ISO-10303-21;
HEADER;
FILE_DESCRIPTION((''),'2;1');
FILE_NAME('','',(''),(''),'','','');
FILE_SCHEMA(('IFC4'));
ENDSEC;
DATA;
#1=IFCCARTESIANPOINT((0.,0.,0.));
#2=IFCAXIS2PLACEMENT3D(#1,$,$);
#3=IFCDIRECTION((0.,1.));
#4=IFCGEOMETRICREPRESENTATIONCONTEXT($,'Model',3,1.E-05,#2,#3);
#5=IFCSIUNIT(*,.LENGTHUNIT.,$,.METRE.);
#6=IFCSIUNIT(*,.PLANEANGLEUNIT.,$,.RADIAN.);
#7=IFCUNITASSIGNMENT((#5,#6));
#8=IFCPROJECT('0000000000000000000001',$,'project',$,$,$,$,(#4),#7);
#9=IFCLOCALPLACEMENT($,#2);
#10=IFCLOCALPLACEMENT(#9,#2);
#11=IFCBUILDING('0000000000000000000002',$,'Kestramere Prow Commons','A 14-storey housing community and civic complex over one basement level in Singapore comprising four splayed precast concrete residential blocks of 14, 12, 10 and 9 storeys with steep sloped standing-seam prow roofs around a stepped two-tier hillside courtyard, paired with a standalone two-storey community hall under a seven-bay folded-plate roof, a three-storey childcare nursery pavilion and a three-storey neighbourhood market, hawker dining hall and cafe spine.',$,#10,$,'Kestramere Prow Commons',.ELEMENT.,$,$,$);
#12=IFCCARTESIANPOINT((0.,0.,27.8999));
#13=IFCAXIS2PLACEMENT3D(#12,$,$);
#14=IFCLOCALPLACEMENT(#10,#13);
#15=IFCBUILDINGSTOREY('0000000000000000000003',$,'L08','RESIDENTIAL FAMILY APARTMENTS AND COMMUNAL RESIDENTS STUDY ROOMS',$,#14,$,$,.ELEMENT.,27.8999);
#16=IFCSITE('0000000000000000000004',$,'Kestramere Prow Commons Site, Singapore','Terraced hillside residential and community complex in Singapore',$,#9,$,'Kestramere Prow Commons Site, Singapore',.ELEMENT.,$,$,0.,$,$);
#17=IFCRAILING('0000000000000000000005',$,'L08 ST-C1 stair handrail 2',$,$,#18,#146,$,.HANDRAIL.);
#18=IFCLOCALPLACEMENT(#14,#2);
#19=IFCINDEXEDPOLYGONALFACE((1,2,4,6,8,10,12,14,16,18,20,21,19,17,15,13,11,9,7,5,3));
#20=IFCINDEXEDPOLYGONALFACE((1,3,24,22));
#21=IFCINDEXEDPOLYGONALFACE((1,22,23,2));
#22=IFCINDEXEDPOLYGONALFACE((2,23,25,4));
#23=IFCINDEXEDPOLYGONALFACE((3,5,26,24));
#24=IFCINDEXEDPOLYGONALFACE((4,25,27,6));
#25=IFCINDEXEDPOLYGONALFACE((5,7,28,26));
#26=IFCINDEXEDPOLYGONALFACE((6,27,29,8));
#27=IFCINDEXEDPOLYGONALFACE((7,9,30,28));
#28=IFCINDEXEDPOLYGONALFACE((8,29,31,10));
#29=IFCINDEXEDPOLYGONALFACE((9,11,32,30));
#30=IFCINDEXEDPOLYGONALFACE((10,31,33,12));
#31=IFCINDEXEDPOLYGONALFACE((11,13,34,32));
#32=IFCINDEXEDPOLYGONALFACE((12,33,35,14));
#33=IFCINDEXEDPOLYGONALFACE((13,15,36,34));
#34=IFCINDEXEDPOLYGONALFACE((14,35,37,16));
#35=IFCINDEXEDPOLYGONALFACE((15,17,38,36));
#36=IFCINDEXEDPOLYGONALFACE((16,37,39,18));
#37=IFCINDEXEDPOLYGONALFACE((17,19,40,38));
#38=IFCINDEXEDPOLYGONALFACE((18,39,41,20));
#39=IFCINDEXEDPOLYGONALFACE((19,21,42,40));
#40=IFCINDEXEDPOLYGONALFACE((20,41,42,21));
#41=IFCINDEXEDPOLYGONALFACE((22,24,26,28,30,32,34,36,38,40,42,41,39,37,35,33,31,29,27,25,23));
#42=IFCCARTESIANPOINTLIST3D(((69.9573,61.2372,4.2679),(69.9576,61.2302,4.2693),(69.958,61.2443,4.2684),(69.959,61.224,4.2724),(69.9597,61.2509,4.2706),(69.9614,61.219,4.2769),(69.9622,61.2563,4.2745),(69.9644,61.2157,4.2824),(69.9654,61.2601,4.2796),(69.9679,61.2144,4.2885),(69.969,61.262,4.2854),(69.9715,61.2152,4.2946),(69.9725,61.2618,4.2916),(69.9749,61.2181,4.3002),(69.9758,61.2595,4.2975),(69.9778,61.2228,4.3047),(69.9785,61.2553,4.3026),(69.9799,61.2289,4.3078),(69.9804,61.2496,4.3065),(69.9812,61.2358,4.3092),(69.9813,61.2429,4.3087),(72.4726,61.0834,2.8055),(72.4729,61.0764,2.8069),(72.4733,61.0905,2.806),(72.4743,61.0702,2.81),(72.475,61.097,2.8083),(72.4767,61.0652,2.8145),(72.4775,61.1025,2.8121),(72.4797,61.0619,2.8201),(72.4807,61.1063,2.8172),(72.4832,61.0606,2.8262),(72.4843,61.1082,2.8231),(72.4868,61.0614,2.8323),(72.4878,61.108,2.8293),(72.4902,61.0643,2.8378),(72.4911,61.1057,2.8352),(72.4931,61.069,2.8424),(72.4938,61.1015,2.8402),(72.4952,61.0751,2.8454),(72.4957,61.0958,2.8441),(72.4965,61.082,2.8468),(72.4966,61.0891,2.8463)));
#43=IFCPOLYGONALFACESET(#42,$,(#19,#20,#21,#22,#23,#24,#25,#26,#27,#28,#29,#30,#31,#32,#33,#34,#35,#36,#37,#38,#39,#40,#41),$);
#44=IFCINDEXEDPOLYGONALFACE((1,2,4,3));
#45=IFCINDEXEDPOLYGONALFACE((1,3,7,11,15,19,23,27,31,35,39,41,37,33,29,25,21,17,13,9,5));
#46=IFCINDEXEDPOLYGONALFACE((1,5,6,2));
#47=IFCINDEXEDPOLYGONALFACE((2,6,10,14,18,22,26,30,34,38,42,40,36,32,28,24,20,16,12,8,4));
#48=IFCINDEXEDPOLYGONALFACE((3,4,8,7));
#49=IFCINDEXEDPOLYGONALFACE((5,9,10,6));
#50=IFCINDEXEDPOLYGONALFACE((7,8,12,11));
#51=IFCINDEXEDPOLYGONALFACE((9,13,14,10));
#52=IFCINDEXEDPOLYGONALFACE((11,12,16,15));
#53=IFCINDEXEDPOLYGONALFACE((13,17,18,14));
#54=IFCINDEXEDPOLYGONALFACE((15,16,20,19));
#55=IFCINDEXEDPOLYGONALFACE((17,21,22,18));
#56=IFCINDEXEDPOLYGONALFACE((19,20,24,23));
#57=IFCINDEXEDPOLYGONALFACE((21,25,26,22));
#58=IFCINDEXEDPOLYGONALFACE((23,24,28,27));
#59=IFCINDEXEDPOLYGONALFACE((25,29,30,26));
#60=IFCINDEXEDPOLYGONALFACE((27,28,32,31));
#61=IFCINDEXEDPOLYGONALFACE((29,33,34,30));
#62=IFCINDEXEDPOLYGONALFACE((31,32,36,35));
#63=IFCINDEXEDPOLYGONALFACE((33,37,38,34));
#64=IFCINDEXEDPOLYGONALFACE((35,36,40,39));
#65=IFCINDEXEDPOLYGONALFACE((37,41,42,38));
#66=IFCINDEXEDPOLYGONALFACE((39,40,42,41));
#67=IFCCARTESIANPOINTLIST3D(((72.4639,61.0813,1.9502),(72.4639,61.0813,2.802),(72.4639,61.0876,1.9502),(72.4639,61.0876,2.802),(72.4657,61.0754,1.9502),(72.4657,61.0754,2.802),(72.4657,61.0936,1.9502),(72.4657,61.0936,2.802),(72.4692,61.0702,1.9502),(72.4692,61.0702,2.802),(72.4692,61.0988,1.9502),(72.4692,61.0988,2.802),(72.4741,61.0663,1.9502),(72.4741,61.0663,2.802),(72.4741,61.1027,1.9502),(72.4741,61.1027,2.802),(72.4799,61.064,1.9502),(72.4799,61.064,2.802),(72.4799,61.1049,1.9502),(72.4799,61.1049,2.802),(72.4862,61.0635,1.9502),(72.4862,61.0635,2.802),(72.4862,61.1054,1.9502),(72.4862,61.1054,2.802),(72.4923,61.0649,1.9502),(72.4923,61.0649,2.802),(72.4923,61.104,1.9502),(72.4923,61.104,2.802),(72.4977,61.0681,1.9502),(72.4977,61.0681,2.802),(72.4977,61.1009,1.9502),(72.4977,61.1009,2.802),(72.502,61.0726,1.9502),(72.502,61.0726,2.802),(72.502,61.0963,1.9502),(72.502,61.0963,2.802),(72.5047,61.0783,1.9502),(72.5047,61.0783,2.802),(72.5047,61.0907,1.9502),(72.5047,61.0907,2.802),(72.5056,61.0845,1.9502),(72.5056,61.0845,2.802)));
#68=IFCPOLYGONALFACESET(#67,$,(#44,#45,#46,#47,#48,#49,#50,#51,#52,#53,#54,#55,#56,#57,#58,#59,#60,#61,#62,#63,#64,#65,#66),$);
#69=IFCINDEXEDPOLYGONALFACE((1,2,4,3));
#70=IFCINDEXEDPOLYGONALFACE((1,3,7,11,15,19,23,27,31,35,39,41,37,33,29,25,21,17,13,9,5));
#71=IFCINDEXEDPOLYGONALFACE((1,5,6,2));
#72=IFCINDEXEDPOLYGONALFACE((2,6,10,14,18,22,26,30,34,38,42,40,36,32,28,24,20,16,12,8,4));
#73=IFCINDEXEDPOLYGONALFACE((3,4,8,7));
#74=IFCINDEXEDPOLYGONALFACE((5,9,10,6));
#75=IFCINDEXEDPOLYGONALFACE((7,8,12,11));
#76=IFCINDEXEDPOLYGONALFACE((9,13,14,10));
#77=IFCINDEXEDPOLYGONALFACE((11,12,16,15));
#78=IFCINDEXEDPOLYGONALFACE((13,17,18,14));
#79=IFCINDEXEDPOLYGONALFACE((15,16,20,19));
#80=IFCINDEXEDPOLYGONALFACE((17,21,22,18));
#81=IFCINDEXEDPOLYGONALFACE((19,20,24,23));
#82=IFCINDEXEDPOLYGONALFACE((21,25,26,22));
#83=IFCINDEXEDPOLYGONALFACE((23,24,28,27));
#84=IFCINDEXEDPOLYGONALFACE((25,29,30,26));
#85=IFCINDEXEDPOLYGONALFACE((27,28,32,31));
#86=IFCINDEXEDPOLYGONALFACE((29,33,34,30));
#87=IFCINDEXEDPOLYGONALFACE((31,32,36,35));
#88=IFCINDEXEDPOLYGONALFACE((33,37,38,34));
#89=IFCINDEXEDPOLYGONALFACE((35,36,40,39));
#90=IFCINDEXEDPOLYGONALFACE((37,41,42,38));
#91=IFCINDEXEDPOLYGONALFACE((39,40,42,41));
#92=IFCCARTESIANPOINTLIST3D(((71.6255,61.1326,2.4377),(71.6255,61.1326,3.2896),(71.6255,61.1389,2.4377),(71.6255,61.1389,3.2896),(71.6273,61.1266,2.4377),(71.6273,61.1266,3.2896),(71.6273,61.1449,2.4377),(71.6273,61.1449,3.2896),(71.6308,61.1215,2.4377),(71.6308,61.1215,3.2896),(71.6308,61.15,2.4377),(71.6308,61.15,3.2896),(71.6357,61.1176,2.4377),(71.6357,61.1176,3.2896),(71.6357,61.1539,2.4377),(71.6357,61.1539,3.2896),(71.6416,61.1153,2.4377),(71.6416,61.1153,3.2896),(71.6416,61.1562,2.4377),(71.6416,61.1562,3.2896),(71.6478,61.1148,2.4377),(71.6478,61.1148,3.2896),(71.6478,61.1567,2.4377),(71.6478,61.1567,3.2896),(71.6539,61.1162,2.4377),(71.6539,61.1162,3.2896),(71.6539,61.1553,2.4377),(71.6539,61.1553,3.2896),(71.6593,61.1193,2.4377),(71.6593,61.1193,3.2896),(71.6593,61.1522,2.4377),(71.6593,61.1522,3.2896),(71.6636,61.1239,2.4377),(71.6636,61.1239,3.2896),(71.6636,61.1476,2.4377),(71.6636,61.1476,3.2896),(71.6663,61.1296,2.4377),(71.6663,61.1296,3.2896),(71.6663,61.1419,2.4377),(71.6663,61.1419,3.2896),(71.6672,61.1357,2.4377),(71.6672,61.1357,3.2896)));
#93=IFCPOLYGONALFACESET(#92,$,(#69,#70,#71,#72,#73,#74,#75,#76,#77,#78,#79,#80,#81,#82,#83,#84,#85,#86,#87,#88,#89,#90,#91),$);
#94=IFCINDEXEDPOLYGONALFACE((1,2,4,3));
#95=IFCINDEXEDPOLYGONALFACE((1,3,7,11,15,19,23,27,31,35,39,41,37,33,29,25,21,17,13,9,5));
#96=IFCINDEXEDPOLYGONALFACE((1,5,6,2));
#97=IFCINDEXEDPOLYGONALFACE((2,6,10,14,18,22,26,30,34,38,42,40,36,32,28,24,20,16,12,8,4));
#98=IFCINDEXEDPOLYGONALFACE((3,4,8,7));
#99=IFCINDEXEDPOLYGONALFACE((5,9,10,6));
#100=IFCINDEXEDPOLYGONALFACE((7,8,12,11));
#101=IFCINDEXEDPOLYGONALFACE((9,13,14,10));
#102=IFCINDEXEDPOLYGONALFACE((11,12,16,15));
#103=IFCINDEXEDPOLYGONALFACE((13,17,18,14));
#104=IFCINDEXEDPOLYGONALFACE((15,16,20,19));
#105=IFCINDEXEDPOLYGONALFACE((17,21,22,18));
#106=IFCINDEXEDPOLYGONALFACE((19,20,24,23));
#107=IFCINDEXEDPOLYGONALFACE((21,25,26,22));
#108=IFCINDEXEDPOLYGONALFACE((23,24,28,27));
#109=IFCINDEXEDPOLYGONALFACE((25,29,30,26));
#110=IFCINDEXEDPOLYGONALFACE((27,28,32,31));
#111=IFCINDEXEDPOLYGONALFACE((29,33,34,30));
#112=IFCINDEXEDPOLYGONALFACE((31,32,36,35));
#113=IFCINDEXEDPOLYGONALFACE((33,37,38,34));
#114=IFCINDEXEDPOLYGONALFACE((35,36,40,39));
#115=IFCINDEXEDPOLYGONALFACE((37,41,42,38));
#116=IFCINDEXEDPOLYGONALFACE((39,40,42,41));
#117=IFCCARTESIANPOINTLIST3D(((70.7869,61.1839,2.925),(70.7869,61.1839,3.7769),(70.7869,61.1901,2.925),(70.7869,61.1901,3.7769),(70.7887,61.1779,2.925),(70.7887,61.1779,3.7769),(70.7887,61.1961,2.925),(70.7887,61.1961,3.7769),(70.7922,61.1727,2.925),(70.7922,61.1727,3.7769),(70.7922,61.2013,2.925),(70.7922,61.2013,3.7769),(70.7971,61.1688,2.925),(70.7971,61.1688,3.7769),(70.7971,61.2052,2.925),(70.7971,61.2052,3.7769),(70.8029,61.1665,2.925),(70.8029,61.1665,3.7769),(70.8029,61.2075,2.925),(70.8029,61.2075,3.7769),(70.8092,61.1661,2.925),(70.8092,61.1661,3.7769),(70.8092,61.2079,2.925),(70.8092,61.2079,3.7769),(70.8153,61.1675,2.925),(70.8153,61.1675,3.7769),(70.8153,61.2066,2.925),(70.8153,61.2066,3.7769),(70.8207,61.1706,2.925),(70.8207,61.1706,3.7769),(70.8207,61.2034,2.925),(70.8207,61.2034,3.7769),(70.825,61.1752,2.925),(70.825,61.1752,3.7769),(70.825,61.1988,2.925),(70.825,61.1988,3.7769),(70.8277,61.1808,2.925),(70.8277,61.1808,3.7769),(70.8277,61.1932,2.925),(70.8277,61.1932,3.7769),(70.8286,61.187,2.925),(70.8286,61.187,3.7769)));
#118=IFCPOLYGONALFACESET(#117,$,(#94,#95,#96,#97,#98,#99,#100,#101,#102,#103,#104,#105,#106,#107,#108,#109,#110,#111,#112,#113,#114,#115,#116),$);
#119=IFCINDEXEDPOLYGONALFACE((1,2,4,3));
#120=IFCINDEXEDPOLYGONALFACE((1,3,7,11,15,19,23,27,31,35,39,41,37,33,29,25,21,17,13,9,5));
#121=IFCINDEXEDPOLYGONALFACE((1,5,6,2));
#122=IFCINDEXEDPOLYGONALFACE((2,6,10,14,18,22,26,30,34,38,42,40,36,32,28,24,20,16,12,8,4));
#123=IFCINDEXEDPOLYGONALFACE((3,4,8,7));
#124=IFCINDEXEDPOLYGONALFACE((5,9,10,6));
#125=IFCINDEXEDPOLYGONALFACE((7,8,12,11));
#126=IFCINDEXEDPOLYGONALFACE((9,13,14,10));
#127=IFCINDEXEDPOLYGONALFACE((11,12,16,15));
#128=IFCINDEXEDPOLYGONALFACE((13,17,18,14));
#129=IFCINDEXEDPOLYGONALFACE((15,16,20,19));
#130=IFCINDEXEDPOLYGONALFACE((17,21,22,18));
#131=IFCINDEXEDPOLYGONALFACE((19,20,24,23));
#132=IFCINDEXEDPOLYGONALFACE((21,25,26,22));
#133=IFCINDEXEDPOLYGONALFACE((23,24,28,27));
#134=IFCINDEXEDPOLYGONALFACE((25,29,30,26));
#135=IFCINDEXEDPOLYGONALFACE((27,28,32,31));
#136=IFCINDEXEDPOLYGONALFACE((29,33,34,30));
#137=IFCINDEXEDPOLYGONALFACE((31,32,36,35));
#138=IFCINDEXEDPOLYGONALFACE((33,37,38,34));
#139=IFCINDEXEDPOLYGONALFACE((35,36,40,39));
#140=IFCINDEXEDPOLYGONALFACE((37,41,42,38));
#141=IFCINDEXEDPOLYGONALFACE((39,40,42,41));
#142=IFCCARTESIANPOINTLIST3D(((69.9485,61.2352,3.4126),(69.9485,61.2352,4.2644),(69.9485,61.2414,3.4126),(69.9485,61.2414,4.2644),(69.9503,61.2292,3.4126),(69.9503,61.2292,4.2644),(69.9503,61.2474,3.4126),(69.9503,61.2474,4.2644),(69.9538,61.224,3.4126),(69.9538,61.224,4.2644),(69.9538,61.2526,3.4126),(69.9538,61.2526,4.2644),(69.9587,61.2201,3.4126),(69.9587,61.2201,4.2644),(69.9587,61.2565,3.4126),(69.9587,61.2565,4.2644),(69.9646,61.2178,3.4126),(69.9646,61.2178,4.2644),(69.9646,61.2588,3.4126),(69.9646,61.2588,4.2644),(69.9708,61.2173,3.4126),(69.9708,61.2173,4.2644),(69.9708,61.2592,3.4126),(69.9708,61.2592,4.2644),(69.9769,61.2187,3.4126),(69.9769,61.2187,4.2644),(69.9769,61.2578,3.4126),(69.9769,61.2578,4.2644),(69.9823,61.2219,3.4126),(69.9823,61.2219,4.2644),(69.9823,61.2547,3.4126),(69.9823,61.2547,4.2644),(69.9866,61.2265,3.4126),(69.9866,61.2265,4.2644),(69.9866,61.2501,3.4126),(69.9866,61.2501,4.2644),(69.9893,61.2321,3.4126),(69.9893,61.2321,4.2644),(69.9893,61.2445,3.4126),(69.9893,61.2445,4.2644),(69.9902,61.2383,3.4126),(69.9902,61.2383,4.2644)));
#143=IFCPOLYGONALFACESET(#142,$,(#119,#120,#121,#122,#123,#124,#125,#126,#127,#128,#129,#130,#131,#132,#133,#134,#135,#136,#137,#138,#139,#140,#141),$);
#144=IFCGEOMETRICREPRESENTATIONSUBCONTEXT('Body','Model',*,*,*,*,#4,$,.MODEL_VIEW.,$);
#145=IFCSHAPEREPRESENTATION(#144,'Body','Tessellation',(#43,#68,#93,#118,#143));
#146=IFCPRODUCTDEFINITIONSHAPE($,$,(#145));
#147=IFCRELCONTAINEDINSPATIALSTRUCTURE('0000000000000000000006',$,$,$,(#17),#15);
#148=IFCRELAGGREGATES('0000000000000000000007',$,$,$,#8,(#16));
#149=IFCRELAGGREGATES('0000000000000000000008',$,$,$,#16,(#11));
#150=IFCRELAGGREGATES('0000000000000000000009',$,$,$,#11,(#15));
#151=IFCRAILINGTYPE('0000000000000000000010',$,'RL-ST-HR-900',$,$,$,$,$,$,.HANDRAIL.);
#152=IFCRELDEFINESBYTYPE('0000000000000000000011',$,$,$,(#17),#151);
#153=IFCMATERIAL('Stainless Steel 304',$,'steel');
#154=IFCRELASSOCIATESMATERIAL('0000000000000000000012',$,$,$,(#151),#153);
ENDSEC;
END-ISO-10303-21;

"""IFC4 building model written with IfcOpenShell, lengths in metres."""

from ifc_helpers import new_model, si_unit, direction, frame, origin, origin_2d, place, context, subcontext, project, spatial, circle, extrude, material, type_object, element, save


model = new_model("IFC4")

# Units and contexts
model_context = context("Model", 3, precision=1e-05, world=origin(), true_north=direction((0.0, 1.0)))
body_context = subcontext(model_context, "Body", "Model", "MODEL_VIEW")
ifc_project = project(units=[si_unit("LENGTHUNIT", "METRE"), si_unit("PLANEANGLEUNIT", "RADIAN")], contexts=[model_context])

# Site, building, storey
site_placement = place(None, origin())
site = spatial("IfcSite", under=ifc_project, at=site_placement, Name="Kestramere Prow Commons Site, Singapore", Description="Terraced hillside residential and community complex in Singapore", LongName="Kestramere Prow Commons Site, Singapore", CompositionType="ELEMENT", RefElevation=0.0)
building_placement = place(site_placement, origin())
building = spatial("IfcBuilding", under=site, at=building_placement, Name="Kestramere Prow Commons", Description="A 14-storey housing community and civic complex over one basement level in Singapore comprising four splayed precast concrete residential blocks of 14, 12, 10 and 9 storeys with steep sloped standing-seam prow roofs around a stepped two-tier hillside courtyard, paired with a standalone two-storey community hall under a seven-bay folded-plate roof, a three-storey childcare nursery pavilion and a three-storey neighbourhood market, hawker dining hall and cafe spine.", LongName="Kestramere Prow Commons", CompositionType="ELEMENT")
storey_placement = place(building_placement, frame((0.0, 0.0, 27.8999)))
storey = spatial("IfcBuildingStorey", under=building, at=storey_placement, Name="L08", Description="RESIDENTIAL FAMILY APARTMENTS AND COMMUNAL RESIDENTS STUDY ROOMS", CompositionType="ELEMENT", Elevation=27.8999)

# Railing
ifc_material_1 = material(Name="Stainless Steel 304", Category="steel")
railing_type_1 = type_object("IfcRailingType", Name="RL-ST-HR-900", PredefinedType="HANDRAIL", material=ifc_material_1)
railing_1_placement = place(storey_placement, frame((72.4846, 61.0845, 1.9502)))
element("IfcRailing", 1, at=railing_1_placement, inside=storey, type_object=railing_type_1, Name="L08 ST-C1 stair handrail 2", PredefinedType="HANDRAIL", context=body_context, shape_type="SweptSolid", body=[
    extrude(circle(Radius=0.0239, at=origin_2d()), frame((0.0, 0.0, 0.876), z_axis=(-0.863306, 0.052789, 0.501912), x_axis=(-0.061033, -0.998136, 0.0)), (0.0, 0.0, 1.0), 2.9136),
    extrude(circle(Radius=0.021, at=origin_2d()), origin(), (0.0, 0.0, 1.0), 0.8518),
    extrude(circle(Radius=0.021, at=origin_2d()), frame((-0.8384, 0.0513, 0.4875)), (0.0, 0.0, 1.0), 0.8518),
    extrude(circle(Radius=0.021, at=origin_2d()), frame((-1.677, 0.1025, 0.9749)), (0.0, 0.0, 1.0), 0.8518),
    extrude(circle(Radius=0.021, at=origin_2d()), frame((-2.5154, 0.1538, 1.4624)), (0.0, 0.0, 1.0), 0.8518),
])

save(model, "model.ifc")
